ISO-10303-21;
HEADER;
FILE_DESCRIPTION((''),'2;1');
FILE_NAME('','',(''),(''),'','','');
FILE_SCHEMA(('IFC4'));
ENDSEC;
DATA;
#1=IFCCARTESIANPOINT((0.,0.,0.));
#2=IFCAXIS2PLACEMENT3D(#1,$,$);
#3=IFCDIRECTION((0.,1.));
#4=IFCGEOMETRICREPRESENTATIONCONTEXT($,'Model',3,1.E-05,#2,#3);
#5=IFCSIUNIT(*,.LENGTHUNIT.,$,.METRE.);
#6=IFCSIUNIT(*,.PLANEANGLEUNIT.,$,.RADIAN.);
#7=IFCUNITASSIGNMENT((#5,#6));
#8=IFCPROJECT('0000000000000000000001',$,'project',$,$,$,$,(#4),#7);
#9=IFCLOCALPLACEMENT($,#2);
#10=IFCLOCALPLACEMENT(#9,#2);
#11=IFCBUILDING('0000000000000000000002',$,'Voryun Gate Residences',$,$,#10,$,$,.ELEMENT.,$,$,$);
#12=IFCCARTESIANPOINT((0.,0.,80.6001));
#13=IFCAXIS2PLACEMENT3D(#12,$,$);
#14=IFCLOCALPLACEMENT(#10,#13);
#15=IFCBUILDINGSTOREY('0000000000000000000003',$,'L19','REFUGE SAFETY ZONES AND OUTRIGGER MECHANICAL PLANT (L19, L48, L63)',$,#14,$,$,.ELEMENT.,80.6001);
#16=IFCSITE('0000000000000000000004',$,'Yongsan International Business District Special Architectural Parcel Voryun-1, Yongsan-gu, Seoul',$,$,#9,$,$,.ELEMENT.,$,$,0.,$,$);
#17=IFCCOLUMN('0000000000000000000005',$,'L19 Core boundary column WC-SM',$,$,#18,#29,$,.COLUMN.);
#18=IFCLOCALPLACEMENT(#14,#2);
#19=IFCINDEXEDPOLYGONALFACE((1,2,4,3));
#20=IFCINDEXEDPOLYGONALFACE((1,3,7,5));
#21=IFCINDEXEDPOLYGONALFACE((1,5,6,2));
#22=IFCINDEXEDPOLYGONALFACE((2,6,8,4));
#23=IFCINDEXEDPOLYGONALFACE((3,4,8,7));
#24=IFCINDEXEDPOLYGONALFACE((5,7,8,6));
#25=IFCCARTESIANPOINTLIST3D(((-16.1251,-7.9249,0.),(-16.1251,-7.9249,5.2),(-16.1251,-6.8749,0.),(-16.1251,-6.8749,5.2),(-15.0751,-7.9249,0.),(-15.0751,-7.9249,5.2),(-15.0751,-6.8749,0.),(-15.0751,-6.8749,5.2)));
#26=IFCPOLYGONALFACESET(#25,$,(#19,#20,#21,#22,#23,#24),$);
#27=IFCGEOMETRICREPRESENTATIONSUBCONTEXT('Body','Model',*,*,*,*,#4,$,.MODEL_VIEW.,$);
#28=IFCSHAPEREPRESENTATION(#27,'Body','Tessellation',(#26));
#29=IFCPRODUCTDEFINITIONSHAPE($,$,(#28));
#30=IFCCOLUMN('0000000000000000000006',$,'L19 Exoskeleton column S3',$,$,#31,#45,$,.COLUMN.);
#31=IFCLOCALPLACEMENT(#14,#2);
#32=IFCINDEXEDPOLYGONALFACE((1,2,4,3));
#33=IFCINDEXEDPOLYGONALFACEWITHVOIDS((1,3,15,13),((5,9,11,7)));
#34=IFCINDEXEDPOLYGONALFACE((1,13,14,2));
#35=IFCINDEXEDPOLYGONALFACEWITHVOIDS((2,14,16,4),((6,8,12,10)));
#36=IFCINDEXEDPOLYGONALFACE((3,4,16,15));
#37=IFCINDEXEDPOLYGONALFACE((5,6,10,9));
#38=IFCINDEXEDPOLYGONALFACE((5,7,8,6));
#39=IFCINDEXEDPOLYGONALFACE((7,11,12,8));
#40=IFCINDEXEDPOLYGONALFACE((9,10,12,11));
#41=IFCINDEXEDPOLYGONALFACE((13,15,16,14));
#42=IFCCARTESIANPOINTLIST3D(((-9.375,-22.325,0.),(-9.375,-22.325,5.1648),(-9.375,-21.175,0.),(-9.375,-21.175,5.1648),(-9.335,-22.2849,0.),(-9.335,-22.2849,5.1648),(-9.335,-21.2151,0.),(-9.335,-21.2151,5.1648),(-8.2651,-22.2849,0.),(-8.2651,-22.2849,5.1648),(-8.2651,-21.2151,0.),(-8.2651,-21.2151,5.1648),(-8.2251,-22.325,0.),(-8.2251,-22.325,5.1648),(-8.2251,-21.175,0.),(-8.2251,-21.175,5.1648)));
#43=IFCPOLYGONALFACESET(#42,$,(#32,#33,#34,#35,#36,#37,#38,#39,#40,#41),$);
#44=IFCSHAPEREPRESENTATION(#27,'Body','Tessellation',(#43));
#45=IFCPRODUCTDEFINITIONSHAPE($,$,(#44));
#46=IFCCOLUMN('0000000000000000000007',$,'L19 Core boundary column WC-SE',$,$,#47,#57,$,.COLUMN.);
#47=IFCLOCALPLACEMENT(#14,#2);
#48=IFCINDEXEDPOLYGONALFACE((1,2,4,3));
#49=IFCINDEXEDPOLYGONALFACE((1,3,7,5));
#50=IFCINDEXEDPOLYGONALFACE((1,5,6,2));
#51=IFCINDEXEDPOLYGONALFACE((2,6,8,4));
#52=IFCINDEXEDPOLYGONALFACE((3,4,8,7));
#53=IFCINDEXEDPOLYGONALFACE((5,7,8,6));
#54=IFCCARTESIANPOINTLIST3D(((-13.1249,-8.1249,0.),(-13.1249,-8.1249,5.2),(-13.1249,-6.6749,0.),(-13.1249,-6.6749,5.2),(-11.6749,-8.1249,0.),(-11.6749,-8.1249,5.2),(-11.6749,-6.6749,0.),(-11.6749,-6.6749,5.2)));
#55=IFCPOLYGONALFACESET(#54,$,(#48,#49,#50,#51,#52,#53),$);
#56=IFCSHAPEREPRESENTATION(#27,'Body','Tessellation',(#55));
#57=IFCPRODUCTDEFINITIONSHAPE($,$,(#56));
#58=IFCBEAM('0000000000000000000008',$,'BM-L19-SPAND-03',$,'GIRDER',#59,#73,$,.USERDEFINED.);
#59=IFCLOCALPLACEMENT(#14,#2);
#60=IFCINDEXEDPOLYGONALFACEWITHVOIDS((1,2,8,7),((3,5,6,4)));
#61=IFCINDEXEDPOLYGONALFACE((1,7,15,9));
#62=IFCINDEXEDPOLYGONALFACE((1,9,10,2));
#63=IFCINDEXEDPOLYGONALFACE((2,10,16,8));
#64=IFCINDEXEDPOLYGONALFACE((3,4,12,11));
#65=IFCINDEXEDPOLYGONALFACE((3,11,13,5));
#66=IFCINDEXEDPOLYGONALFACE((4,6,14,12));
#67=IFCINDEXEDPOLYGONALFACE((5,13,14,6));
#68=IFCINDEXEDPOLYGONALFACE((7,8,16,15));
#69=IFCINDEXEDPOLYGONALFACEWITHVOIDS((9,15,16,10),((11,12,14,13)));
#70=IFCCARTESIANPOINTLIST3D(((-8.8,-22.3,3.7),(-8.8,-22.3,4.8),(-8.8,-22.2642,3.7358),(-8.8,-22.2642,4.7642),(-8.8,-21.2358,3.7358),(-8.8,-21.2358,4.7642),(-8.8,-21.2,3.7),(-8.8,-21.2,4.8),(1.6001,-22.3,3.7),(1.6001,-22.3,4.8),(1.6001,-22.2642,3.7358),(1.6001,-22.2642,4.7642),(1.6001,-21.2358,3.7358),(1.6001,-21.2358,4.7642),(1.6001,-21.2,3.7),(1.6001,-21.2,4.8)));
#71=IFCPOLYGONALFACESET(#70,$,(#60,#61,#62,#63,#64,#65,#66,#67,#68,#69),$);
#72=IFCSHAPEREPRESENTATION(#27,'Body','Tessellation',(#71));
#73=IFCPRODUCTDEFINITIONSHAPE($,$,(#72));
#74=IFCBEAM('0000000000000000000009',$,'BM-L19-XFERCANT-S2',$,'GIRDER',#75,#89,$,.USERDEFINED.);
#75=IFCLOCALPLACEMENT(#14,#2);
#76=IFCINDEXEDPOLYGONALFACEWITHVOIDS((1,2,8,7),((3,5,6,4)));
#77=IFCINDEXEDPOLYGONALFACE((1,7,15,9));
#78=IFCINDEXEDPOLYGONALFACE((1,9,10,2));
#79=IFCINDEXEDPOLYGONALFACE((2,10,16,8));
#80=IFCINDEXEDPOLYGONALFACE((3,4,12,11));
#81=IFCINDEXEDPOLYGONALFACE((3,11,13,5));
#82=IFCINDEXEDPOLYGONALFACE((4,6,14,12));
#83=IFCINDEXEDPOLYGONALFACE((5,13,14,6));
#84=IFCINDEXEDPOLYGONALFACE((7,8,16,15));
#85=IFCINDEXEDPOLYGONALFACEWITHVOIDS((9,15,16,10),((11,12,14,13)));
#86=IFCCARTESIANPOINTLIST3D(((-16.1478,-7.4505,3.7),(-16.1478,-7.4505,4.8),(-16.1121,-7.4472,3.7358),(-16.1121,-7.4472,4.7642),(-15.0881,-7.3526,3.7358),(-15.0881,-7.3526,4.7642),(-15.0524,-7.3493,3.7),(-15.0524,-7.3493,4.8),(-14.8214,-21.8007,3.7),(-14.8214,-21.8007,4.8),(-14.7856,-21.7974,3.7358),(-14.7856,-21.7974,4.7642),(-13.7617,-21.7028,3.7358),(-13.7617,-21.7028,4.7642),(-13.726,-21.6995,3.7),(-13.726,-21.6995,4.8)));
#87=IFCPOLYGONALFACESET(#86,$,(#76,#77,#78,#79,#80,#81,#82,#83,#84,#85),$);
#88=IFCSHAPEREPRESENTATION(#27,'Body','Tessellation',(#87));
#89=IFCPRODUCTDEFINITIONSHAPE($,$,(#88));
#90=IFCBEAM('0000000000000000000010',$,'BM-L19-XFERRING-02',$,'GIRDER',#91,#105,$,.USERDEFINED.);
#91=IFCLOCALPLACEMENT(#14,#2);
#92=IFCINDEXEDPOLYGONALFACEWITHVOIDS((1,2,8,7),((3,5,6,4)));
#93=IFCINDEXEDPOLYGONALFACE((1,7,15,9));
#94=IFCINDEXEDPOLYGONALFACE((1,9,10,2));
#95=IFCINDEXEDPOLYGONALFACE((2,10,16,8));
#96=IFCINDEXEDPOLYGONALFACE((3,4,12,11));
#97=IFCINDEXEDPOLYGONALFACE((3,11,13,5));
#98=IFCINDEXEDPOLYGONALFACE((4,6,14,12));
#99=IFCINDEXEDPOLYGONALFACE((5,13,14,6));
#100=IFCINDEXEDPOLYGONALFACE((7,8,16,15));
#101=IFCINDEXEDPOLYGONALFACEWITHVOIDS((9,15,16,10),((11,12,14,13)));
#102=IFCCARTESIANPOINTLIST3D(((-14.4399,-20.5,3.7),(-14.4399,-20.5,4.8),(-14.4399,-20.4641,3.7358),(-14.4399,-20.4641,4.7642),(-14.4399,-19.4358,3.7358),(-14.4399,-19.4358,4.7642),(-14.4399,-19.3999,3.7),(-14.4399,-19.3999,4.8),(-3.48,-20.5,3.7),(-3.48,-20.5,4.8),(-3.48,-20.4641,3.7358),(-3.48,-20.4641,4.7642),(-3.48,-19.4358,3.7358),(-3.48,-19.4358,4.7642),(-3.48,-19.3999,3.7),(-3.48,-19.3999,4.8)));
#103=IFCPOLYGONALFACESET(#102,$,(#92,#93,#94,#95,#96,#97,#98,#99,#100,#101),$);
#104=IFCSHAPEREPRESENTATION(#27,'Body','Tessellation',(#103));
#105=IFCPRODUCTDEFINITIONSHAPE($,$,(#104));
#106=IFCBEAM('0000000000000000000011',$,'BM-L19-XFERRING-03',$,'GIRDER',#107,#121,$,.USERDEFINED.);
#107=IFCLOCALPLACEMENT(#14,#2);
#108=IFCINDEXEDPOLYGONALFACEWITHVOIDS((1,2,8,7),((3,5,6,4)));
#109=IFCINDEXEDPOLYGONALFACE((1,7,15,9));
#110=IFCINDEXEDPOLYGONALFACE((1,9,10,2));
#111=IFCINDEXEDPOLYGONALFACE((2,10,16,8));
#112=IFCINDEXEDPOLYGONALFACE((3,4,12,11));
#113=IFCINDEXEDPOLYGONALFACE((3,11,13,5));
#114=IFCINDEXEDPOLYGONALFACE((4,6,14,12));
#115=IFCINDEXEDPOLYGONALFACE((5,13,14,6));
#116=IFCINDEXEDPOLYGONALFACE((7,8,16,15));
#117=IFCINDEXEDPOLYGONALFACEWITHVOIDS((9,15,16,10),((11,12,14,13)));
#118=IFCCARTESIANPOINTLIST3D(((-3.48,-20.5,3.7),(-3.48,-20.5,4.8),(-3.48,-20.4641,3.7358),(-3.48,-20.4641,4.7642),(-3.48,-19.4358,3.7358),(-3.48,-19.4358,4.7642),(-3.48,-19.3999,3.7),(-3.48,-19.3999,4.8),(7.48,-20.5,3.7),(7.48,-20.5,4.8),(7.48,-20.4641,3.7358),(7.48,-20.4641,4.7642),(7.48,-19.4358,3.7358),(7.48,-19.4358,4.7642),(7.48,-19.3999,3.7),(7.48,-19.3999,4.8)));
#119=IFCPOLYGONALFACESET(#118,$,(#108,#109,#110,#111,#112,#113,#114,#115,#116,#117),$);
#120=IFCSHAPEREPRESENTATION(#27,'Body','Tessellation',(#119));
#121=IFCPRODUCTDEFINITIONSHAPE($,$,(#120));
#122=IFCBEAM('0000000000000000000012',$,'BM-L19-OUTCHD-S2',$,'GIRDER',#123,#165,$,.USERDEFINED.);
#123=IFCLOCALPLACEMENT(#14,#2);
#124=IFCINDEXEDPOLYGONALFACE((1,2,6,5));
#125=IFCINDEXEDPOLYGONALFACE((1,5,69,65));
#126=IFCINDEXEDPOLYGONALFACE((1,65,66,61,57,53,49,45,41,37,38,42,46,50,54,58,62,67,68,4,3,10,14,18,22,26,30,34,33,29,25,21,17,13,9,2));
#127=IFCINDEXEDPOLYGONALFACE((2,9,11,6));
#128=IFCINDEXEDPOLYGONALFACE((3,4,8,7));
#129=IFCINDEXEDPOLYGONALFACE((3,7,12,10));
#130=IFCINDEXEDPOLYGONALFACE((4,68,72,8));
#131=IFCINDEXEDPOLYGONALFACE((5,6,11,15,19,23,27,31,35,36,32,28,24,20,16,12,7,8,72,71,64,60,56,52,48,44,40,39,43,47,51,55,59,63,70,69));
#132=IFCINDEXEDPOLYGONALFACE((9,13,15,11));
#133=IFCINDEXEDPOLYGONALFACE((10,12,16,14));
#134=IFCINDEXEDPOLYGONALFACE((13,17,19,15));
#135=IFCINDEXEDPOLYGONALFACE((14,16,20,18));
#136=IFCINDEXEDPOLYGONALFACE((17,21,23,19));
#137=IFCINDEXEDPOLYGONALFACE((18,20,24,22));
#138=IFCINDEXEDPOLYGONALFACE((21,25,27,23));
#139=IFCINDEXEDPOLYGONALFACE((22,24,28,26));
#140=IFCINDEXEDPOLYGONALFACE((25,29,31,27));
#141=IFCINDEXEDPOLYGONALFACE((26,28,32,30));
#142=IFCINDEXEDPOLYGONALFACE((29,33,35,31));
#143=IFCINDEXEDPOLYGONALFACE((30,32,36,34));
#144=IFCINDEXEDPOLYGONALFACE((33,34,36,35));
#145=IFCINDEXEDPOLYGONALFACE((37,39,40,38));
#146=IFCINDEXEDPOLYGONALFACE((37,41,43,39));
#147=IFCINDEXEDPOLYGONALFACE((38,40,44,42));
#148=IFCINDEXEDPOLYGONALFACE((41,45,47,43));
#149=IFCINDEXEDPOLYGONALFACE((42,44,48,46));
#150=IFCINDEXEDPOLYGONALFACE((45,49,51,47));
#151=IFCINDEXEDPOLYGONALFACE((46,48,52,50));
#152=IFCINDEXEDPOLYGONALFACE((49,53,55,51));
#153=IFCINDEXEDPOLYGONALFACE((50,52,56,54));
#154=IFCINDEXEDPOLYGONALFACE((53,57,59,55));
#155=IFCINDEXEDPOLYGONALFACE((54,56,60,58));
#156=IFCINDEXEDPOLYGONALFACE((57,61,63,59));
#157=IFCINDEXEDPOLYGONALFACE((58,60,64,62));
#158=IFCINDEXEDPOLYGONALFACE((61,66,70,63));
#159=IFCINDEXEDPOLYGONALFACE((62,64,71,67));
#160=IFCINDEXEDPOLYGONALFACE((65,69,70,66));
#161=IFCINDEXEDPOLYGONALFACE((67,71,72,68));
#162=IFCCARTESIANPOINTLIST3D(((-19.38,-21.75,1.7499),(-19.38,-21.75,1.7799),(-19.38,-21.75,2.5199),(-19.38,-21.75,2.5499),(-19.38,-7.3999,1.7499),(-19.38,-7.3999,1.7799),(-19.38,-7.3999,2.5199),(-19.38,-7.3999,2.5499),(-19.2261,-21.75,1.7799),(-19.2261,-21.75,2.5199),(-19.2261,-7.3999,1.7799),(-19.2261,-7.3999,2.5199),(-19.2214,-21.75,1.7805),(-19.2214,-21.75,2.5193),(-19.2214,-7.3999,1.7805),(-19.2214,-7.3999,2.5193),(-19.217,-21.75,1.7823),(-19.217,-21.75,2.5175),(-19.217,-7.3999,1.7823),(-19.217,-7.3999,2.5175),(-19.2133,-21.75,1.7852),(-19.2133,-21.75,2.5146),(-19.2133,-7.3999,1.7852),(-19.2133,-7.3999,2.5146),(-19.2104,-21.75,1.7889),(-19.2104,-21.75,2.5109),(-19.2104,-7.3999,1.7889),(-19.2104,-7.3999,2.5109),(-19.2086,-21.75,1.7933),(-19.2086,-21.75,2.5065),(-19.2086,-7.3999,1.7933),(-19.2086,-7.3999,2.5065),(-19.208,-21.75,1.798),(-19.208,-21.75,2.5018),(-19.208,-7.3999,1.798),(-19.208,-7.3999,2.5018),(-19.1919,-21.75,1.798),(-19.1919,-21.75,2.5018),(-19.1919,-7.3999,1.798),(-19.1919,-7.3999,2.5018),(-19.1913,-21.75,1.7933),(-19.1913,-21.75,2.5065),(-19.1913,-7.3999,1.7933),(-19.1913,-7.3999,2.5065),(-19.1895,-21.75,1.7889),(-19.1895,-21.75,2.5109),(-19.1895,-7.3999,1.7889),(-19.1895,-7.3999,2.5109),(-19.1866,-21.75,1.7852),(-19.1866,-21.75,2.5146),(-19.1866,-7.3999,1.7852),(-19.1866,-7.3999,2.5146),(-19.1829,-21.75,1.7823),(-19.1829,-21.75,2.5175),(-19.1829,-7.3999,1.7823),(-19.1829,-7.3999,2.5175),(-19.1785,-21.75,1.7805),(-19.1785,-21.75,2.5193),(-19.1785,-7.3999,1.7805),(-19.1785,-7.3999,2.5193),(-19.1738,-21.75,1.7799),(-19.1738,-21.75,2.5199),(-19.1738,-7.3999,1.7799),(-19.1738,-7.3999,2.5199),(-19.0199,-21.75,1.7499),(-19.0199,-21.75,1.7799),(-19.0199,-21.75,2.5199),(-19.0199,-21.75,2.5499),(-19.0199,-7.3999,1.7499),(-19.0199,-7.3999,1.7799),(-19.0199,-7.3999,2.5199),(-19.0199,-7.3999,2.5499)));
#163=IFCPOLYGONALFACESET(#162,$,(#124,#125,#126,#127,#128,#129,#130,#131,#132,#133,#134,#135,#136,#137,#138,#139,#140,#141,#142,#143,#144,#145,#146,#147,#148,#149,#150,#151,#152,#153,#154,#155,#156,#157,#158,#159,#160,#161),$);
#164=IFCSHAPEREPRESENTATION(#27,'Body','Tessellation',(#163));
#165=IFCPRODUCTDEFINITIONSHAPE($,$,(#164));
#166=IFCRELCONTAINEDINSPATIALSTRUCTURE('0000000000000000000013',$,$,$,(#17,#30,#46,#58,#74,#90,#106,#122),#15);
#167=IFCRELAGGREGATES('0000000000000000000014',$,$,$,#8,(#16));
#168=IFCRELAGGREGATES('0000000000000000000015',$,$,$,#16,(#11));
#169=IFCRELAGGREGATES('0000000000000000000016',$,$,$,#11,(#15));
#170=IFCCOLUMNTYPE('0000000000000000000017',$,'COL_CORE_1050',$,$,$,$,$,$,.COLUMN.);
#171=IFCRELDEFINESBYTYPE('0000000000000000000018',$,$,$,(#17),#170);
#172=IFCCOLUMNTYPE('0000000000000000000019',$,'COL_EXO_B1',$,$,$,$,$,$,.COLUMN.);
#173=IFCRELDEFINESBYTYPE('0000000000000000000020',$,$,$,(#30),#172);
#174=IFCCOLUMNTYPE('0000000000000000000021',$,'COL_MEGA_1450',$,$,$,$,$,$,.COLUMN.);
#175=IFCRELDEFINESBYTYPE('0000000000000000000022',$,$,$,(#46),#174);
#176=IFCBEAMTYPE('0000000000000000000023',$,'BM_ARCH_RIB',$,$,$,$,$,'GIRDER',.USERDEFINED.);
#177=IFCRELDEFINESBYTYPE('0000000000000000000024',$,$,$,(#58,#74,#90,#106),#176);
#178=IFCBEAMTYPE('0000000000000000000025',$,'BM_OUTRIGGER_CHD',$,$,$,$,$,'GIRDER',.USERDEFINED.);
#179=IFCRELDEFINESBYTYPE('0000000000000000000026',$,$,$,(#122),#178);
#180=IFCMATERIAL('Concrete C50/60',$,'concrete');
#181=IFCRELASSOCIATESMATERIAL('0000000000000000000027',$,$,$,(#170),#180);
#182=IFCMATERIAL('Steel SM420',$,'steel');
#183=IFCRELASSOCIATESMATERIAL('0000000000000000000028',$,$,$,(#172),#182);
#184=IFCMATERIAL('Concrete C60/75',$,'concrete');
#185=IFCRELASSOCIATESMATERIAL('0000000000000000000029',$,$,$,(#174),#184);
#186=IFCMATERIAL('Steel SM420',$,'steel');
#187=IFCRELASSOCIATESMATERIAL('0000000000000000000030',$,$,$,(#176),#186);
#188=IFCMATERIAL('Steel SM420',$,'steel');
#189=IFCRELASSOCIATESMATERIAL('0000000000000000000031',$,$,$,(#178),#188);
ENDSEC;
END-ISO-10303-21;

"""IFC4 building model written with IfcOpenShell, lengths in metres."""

from ifc_helpers import new_model, si_unit, direction, frame, origin, origin_2d, place, context, subcontext, project, spatial, rectangle, hollow_rectangle, i_section, extrude, material, material_profile, profile_set, type_object, element, save


model = new_model("IFC4")

# Units and contexts
model_context = context("Model", 3, precision=1e-05, world=origin(), true_north=direction((0.0, 1.0)))
body_context = subcontext(model_context, "Body", "Model", "MODEL_VIEW")
ifc_project = project(units=[si_unit("LENGTHUNIT", "METRE"), si_unit("PLANEANGLEUNIT", "RADIAN")], contexts=[model_context])

# Site, building, storey
site_placement = place(None, origin())
site = spatial("IfcSite", under=ifc_project, at=site_placement, Name="Yongsan International Business District Special Architectural Parcel Voryun-1, Yongsan-gu, Seoul", CompositionType="ELEMENT", RefElevation=0.0)
building_placement = place(site_placement, origin())
building = spatial("IfcBuilding", under=site, at=building_placement, Name="Voryun Gate Residences", CompositionType="ELEMENT")
storey_placement = place(building_placement, frame((0.0, 0.0, 80.6001)))
storey = spatial("IfcBuildingStorey", under=building, at=storey_placement, Name="L19", Description="REFUGE SAFETY ZONES AND OUTRIGGER MECHANICAL PLANT (L19, L48, L63)", CompositionType="ELEMENT", Elevation=80.6001)

# Columns
ifc_material_1 = material(Name="Concrete C50/60", Category="concrete")
ifc_material_profile_1 = material_profile(ifc_material_1, rectangle(XDim=1.05, YDim=1.05, at=origin_2d()), Name="RC-1050x1050")
ifc_profile_set_1 = profile_set([ifc_material_profile_1], Name="Concrete C50/60")
column_type_1 = type_object("IfcColumnType", Name="COL_CORE_1050", PredefinedType="COLUMN", material=ifc_profile_set_1)
column_1_placement = place(storey_placement, frame((-15.6001, -7.3999, 0.0), z_axis=(0.0, 0.0, 1.0), x_axis=(1.0, 0.0, 0.0)))
element("IfcColumn", 1, at=column_1_placement, inside=storey, type_object=column_type_1, Name="L19 Core boundary column WC-SM", PredefinedType="COLUMN", context=body_context, shape_type="SweptSolid", body=[
    extrude(rectangle(XDim=1.05, YDim=1.05, at=origin_2d()), origin(), (0.0, 0.0, 1.0), 5.2),
])
ifc_material_2 = material(Name="Steel SM420", Category="steel")
ifc_material_profile_2 = material_profile(ifc_material_2, hollow_rectangle(XDim=1.1499, YDim=1.1499, WallThickness=0.04, at=origin_2d()), Name="BOX-1150x1150x40")
ifc_profile_set_2 = profile_set([ifc_material_profile_2], Name="Steel SM420")
column_type_2 = type_object("IfcColumnType", Name="COL_EXO_B1", PredefinedType="COLUMN", material=ifc_profile_set_2)
column_2_placement = place(storey_placement, frame((-8.8, -21.75, 0.0), z_axis=(0.0, 0.0, 1.0), x_axis=(1.0, 0.0, 0.0)))
element("IfcColumn", 2, at=column_2_placement, inside=storey, type_object=column_type_2, Name="L19 Exoskeleton column S3", PredefinedType="COLUMN", context=body_context, shape_type="SweptSolid", body=[
    extrude(hollow_rectangle(XDim=1.1499, YDim=1.1499, WallThickness=0.04, at=origin_2d()), origin(), (0.0, 0.0, 1.0), 5.1648),
])
ifc_material_3 = material(Name="Concrete C60/75", Category="concrete")
ifc_material_profile_3 = material_profile(ifc_material_3, rectangle(XDim=1.45, YDim=1.45, at=origin_2d()), Name="RC-1450x1450")
ifc_profile_set_3 = profile_set([ifc_material_profile_3], Name="Concrete C60/75")
column_type_3 = type_object("IfcColumnType", Name="COL_MEGA_1450", PredefinedType="COLUMN", material=ifc_profile_set_3)
column_3_placement = place(storey_placement, frame((-12.3999, -7.3999, 0.0), z_axis=(0.0, 0.0, 1.0), x_axis=(1.0, 0.0, 0.0)))
element("IfcColumn", 3, at=column_3_placement, inside=storey, type_object=column_type_3, Name="L19 Core boundary column WC-SE", PredefinedType="COLUMN", context=body_context, shape_type="SweptSolid", body=[
    extrude(rectangle(XDim=1.45, YDim=1.45, at=origin_2d()), origin(), (0.0, 0.0, 1.0), 5.2),
])

# Beams
ifc_material_4 = material(Name="Steel SM420", Category="steel")
ifc_material_profile_4 = material_profile(ifc_material_4, hollow_rectangle(XDim=1.1001, YDim=1.1001, WallThickness=0.0359, at=origin_2d()), Name="BOX-1100x1100x36")
ifc_profile_set_4 = profile_set([ifc_material_profile_4], Name="Steel SM420")
beam_type_1 = type_object("IfcBeamType", Name="BM_ARCH_RIB", ElementType="GIRDER", PredefinedType="USERDEFINED", material=ifc_profile_set_4)
beam_1_placement = place(storey_placement, frame((-8.8, -21.75, 4.25), z_axis=(1.0, 0.0, 0.0), x_axis=(0.0, 1.0, 0.0)))
element("IfcBeam", 4, at=beam_1_placement, inside=storey, type_object=beam_type_1, Name="BM-L19-SPAND-03", ObjectType="GIRDER", PredefinedType="USERDEFINED", context=body_context, shape_type="SweptSolid", body=[
    extrude(hollow_rectangle(XDim=1.1001, YDim=1.1001, WallThickness=0.0359, at=origin_2d()), origin(), (0.0, 0.0, 1.0), 10.4001),
])
beam_2_placement = place(storey_placement, frame((-15.6001, -7.3999, 4.25), z_axis=(0.09204, -0.995755, 0.0), x_axis=(0.995755, 0.09204, 0.0)))
element("IfcBeam", 5, at=beam_2_placement, inside=storey, type_object=beam_type_1, Name="BM-L19-XFERCANT-S2", ObjectType="GIRDER", PredefinedType="USERDEFINED", context=body_context, shape_type="SweptSolid", body=[
    extrude(hollow_rectangle(XDim=1.1001, YDim=1.1001, WallThickness=0.0359, at=origin_2d()), origin(), (0.0, 0.0, 1.0), 14.4114),
])
for number, where, z_axis, x_axis, name in (
    (6, (-14.4399, -19.95, 4.25), (1.0, 0.0, 0.0), (0.0, 1.0, 0.0), "BM-L19-XFERRING-02"),
    (7, (-3.48, -19.95, 4.25), (1.0, 0.0, 0.0), (0.0, 1.0, 0.0), "BM-L19-XFERRING-03"),
):
    element("IfcBeam", number, at=place(storey_placement, frame(where, z_axis=z_axis, x_axis=x_axis)), inside=storey, type_object=beam_type_1, Name=name, ObjectType="GIRDER", PredefinedType="USERDEFINED", context=body_context, shape_type="SweptSolid", body=[
        extrude(hollow_rectangle(XDim=1.1001, YDim=1.1001, WallThickness=0.0359, at=origin_2d()), origin(), (0.0, 0.0, 1.0), 10.96),
    ])
ifc_material_5 = material(Name="Steel SM420", Category="steel")
ifc_material_profile_5 = material_profile(ifc_material_5, i_section(OverallWidth=0.3601, OverallDepth=0.8, WebThickness=0.0161, FlangeThickness=0.03, FilletRadius=0.0181, at=origin_2d()), Name="H-800x360x16x30")
ifc_profile_set_5 = profile_set([ifc_material_profile_5], Name="Steel SM420")
beam_type_2 = type_object("IfcBeamType", Name="BM_OUTRIGGER_CHD", ElementType="GIRDER", PredefinedType="USERDEFINED", material=ifc_profile_set_5)
beam_3_placement = place(storey_placement, frame((-19.2, -7.3999, 2.1499), z_axis=(0.0, -1.0, 0.0), x_axis=(1.0, 0.0, 0.0)))
element("IfcBeam", 8, at=beam_3_placement, inside=storey, type_object=beam_type_2, Name="BM-L19-OUTCHD-S2", ObjectType="GIRDER", PredefinedType="USERDEFINED", context=body_context, shape_type="SweptSolid", body=[
    extrude(i_section(OverallWidth=0.3601, OverallDepth=0.8, WebThickness=0.0161, FlangeThickness=0.03, FilletRadius=0.0181, at=origin_2d()), origin(), (0.0, 0.0, 1.0), 14.3501),
])

save(model, "model.ifc")
